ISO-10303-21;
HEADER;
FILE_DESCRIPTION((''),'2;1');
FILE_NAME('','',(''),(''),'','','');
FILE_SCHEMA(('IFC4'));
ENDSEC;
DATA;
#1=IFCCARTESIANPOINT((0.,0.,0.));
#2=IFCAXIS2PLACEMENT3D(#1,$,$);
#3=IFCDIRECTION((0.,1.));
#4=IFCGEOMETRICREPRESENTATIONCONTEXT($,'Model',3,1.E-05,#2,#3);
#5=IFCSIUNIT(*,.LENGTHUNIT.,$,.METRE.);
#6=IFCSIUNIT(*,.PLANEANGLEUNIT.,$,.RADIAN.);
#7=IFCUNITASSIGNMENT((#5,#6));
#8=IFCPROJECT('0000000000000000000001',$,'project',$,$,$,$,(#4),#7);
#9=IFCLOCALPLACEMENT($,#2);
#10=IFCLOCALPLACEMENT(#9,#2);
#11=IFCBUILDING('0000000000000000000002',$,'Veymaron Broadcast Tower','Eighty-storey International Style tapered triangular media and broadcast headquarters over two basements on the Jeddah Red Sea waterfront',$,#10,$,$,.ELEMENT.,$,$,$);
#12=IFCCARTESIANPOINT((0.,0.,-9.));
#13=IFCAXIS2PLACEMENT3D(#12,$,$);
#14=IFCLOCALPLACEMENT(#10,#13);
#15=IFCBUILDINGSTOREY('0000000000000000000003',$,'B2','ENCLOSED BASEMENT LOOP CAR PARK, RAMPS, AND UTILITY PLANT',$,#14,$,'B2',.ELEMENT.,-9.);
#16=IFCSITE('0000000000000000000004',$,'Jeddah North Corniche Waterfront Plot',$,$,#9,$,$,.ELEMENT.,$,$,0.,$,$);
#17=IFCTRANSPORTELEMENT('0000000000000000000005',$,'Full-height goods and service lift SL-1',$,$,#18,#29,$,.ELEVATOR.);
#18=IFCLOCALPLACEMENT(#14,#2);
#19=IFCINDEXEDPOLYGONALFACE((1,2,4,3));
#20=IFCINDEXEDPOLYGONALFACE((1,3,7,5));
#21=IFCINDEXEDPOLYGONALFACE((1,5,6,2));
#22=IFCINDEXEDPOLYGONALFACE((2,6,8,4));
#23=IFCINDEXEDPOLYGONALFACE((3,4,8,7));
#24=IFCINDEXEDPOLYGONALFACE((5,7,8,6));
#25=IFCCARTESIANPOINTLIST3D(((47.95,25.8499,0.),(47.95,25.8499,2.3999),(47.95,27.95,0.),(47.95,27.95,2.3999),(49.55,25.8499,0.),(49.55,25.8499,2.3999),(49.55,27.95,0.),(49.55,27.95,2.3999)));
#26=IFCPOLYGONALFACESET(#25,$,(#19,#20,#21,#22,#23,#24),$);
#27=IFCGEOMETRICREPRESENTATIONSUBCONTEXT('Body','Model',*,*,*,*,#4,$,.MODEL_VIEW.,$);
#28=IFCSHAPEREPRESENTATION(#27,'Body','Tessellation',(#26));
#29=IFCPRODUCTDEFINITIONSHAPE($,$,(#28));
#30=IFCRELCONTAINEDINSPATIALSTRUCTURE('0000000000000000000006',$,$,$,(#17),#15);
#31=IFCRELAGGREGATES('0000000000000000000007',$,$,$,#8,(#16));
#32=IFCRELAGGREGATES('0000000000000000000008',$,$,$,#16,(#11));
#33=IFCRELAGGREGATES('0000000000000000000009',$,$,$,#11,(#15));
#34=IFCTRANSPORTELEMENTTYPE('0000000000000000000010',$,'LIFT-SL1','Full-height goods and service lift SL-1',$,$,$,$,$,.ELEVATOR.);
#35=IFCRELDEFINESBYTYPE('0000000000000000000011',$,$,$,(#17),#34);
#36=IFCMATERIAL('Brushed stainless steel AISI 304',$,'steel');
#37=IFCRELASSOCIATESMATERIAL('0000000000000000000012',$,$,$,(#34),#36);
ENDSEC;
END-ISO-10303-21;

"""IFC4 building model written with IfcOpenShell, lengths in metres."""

from ifc_helpers import new_model, si_unit, direction, frame, origin, origin_2d, place, context, subcontext, project, spatial, rectangle, extrude, material, type_object, element, save


model = new_model("IFC4")

# Units and contexts
model_context = context("Model", 3, precision=1e-05, world=origin(), true_north=direction((0.0, 1.0)))
body_context = subcontext(model_context, "Body", "Model", "MODEL_VIEW")
ifc_project = project(units=[si_unit("LENGTHUNIT", "METRE"), si_unit("PLANEANGLEUNIT", "RADIAN")], contexts=[model_context])

# Site, building, storey
site_placement = place(None, origin())
site = spatial("IfcSite", under=ifc_project, at=site_placement, Name="Jeddah North Corniche Waterfront Plot", CompositionType="ELEMENT", RefElevation=0.0)
building_placement = place(site_placement, origin())
building = spatial("IfcBuilding", under=site, at=building_placement, Name="Veymaron Broadcast Tower", Description="Eighty-storey International Style tapered triangular media and broadcast headquarters over two basements on the Jeddah Red Sea waterfront", CompositionType="ELEMENT")
storey_placement = place(building_placement, frame((0.0, 0.0, -9.0)))
storey = spatial("IfcBuildingStorey", under=building, at=storey_placement, Name="B2", Description="ENCLOSED BASEMENT LOOP CAR PARK, RAMPS, AND UTILITY PLANT", LongName="B2", CompositionType="ELEMENT", Elevation=-9.0)

# Shared definitions
ifc_material_1 = material(Name="Brushed stainless steel AISI 304", Category="steel")

# Transport element
transport_element_type_1 = type_object("IfcTransportElementType", Name="LIFT-SL1", Description="Full-height goods and service lift SL-1", PredefinedType="ELEVATOR", material=ifc_material_1)
transport_element_1_placement = place(storey_placement, frame((48.75, 26.8999, 0.0), z_axis=(0.0, 0.0, 1.0), x_axis=(1.0, 0.0, 0.0)))
element("IfcTransportElement", 1, at=transport_element_1_placement, inside=storey, type_object=transport_element_type_1, Name="Full-height goods and service lift SL-1", PredefinedType="ELEVATOR", context=body_context, shape_type="SweptSolid", body=[
    extrude(rectangle(XDim=1.6001, YDim=2.1001, at=origin_2d()), origin(), (0.0, 0.0, 1.0), 2.3999),
])

save(model, "model.ifc")
